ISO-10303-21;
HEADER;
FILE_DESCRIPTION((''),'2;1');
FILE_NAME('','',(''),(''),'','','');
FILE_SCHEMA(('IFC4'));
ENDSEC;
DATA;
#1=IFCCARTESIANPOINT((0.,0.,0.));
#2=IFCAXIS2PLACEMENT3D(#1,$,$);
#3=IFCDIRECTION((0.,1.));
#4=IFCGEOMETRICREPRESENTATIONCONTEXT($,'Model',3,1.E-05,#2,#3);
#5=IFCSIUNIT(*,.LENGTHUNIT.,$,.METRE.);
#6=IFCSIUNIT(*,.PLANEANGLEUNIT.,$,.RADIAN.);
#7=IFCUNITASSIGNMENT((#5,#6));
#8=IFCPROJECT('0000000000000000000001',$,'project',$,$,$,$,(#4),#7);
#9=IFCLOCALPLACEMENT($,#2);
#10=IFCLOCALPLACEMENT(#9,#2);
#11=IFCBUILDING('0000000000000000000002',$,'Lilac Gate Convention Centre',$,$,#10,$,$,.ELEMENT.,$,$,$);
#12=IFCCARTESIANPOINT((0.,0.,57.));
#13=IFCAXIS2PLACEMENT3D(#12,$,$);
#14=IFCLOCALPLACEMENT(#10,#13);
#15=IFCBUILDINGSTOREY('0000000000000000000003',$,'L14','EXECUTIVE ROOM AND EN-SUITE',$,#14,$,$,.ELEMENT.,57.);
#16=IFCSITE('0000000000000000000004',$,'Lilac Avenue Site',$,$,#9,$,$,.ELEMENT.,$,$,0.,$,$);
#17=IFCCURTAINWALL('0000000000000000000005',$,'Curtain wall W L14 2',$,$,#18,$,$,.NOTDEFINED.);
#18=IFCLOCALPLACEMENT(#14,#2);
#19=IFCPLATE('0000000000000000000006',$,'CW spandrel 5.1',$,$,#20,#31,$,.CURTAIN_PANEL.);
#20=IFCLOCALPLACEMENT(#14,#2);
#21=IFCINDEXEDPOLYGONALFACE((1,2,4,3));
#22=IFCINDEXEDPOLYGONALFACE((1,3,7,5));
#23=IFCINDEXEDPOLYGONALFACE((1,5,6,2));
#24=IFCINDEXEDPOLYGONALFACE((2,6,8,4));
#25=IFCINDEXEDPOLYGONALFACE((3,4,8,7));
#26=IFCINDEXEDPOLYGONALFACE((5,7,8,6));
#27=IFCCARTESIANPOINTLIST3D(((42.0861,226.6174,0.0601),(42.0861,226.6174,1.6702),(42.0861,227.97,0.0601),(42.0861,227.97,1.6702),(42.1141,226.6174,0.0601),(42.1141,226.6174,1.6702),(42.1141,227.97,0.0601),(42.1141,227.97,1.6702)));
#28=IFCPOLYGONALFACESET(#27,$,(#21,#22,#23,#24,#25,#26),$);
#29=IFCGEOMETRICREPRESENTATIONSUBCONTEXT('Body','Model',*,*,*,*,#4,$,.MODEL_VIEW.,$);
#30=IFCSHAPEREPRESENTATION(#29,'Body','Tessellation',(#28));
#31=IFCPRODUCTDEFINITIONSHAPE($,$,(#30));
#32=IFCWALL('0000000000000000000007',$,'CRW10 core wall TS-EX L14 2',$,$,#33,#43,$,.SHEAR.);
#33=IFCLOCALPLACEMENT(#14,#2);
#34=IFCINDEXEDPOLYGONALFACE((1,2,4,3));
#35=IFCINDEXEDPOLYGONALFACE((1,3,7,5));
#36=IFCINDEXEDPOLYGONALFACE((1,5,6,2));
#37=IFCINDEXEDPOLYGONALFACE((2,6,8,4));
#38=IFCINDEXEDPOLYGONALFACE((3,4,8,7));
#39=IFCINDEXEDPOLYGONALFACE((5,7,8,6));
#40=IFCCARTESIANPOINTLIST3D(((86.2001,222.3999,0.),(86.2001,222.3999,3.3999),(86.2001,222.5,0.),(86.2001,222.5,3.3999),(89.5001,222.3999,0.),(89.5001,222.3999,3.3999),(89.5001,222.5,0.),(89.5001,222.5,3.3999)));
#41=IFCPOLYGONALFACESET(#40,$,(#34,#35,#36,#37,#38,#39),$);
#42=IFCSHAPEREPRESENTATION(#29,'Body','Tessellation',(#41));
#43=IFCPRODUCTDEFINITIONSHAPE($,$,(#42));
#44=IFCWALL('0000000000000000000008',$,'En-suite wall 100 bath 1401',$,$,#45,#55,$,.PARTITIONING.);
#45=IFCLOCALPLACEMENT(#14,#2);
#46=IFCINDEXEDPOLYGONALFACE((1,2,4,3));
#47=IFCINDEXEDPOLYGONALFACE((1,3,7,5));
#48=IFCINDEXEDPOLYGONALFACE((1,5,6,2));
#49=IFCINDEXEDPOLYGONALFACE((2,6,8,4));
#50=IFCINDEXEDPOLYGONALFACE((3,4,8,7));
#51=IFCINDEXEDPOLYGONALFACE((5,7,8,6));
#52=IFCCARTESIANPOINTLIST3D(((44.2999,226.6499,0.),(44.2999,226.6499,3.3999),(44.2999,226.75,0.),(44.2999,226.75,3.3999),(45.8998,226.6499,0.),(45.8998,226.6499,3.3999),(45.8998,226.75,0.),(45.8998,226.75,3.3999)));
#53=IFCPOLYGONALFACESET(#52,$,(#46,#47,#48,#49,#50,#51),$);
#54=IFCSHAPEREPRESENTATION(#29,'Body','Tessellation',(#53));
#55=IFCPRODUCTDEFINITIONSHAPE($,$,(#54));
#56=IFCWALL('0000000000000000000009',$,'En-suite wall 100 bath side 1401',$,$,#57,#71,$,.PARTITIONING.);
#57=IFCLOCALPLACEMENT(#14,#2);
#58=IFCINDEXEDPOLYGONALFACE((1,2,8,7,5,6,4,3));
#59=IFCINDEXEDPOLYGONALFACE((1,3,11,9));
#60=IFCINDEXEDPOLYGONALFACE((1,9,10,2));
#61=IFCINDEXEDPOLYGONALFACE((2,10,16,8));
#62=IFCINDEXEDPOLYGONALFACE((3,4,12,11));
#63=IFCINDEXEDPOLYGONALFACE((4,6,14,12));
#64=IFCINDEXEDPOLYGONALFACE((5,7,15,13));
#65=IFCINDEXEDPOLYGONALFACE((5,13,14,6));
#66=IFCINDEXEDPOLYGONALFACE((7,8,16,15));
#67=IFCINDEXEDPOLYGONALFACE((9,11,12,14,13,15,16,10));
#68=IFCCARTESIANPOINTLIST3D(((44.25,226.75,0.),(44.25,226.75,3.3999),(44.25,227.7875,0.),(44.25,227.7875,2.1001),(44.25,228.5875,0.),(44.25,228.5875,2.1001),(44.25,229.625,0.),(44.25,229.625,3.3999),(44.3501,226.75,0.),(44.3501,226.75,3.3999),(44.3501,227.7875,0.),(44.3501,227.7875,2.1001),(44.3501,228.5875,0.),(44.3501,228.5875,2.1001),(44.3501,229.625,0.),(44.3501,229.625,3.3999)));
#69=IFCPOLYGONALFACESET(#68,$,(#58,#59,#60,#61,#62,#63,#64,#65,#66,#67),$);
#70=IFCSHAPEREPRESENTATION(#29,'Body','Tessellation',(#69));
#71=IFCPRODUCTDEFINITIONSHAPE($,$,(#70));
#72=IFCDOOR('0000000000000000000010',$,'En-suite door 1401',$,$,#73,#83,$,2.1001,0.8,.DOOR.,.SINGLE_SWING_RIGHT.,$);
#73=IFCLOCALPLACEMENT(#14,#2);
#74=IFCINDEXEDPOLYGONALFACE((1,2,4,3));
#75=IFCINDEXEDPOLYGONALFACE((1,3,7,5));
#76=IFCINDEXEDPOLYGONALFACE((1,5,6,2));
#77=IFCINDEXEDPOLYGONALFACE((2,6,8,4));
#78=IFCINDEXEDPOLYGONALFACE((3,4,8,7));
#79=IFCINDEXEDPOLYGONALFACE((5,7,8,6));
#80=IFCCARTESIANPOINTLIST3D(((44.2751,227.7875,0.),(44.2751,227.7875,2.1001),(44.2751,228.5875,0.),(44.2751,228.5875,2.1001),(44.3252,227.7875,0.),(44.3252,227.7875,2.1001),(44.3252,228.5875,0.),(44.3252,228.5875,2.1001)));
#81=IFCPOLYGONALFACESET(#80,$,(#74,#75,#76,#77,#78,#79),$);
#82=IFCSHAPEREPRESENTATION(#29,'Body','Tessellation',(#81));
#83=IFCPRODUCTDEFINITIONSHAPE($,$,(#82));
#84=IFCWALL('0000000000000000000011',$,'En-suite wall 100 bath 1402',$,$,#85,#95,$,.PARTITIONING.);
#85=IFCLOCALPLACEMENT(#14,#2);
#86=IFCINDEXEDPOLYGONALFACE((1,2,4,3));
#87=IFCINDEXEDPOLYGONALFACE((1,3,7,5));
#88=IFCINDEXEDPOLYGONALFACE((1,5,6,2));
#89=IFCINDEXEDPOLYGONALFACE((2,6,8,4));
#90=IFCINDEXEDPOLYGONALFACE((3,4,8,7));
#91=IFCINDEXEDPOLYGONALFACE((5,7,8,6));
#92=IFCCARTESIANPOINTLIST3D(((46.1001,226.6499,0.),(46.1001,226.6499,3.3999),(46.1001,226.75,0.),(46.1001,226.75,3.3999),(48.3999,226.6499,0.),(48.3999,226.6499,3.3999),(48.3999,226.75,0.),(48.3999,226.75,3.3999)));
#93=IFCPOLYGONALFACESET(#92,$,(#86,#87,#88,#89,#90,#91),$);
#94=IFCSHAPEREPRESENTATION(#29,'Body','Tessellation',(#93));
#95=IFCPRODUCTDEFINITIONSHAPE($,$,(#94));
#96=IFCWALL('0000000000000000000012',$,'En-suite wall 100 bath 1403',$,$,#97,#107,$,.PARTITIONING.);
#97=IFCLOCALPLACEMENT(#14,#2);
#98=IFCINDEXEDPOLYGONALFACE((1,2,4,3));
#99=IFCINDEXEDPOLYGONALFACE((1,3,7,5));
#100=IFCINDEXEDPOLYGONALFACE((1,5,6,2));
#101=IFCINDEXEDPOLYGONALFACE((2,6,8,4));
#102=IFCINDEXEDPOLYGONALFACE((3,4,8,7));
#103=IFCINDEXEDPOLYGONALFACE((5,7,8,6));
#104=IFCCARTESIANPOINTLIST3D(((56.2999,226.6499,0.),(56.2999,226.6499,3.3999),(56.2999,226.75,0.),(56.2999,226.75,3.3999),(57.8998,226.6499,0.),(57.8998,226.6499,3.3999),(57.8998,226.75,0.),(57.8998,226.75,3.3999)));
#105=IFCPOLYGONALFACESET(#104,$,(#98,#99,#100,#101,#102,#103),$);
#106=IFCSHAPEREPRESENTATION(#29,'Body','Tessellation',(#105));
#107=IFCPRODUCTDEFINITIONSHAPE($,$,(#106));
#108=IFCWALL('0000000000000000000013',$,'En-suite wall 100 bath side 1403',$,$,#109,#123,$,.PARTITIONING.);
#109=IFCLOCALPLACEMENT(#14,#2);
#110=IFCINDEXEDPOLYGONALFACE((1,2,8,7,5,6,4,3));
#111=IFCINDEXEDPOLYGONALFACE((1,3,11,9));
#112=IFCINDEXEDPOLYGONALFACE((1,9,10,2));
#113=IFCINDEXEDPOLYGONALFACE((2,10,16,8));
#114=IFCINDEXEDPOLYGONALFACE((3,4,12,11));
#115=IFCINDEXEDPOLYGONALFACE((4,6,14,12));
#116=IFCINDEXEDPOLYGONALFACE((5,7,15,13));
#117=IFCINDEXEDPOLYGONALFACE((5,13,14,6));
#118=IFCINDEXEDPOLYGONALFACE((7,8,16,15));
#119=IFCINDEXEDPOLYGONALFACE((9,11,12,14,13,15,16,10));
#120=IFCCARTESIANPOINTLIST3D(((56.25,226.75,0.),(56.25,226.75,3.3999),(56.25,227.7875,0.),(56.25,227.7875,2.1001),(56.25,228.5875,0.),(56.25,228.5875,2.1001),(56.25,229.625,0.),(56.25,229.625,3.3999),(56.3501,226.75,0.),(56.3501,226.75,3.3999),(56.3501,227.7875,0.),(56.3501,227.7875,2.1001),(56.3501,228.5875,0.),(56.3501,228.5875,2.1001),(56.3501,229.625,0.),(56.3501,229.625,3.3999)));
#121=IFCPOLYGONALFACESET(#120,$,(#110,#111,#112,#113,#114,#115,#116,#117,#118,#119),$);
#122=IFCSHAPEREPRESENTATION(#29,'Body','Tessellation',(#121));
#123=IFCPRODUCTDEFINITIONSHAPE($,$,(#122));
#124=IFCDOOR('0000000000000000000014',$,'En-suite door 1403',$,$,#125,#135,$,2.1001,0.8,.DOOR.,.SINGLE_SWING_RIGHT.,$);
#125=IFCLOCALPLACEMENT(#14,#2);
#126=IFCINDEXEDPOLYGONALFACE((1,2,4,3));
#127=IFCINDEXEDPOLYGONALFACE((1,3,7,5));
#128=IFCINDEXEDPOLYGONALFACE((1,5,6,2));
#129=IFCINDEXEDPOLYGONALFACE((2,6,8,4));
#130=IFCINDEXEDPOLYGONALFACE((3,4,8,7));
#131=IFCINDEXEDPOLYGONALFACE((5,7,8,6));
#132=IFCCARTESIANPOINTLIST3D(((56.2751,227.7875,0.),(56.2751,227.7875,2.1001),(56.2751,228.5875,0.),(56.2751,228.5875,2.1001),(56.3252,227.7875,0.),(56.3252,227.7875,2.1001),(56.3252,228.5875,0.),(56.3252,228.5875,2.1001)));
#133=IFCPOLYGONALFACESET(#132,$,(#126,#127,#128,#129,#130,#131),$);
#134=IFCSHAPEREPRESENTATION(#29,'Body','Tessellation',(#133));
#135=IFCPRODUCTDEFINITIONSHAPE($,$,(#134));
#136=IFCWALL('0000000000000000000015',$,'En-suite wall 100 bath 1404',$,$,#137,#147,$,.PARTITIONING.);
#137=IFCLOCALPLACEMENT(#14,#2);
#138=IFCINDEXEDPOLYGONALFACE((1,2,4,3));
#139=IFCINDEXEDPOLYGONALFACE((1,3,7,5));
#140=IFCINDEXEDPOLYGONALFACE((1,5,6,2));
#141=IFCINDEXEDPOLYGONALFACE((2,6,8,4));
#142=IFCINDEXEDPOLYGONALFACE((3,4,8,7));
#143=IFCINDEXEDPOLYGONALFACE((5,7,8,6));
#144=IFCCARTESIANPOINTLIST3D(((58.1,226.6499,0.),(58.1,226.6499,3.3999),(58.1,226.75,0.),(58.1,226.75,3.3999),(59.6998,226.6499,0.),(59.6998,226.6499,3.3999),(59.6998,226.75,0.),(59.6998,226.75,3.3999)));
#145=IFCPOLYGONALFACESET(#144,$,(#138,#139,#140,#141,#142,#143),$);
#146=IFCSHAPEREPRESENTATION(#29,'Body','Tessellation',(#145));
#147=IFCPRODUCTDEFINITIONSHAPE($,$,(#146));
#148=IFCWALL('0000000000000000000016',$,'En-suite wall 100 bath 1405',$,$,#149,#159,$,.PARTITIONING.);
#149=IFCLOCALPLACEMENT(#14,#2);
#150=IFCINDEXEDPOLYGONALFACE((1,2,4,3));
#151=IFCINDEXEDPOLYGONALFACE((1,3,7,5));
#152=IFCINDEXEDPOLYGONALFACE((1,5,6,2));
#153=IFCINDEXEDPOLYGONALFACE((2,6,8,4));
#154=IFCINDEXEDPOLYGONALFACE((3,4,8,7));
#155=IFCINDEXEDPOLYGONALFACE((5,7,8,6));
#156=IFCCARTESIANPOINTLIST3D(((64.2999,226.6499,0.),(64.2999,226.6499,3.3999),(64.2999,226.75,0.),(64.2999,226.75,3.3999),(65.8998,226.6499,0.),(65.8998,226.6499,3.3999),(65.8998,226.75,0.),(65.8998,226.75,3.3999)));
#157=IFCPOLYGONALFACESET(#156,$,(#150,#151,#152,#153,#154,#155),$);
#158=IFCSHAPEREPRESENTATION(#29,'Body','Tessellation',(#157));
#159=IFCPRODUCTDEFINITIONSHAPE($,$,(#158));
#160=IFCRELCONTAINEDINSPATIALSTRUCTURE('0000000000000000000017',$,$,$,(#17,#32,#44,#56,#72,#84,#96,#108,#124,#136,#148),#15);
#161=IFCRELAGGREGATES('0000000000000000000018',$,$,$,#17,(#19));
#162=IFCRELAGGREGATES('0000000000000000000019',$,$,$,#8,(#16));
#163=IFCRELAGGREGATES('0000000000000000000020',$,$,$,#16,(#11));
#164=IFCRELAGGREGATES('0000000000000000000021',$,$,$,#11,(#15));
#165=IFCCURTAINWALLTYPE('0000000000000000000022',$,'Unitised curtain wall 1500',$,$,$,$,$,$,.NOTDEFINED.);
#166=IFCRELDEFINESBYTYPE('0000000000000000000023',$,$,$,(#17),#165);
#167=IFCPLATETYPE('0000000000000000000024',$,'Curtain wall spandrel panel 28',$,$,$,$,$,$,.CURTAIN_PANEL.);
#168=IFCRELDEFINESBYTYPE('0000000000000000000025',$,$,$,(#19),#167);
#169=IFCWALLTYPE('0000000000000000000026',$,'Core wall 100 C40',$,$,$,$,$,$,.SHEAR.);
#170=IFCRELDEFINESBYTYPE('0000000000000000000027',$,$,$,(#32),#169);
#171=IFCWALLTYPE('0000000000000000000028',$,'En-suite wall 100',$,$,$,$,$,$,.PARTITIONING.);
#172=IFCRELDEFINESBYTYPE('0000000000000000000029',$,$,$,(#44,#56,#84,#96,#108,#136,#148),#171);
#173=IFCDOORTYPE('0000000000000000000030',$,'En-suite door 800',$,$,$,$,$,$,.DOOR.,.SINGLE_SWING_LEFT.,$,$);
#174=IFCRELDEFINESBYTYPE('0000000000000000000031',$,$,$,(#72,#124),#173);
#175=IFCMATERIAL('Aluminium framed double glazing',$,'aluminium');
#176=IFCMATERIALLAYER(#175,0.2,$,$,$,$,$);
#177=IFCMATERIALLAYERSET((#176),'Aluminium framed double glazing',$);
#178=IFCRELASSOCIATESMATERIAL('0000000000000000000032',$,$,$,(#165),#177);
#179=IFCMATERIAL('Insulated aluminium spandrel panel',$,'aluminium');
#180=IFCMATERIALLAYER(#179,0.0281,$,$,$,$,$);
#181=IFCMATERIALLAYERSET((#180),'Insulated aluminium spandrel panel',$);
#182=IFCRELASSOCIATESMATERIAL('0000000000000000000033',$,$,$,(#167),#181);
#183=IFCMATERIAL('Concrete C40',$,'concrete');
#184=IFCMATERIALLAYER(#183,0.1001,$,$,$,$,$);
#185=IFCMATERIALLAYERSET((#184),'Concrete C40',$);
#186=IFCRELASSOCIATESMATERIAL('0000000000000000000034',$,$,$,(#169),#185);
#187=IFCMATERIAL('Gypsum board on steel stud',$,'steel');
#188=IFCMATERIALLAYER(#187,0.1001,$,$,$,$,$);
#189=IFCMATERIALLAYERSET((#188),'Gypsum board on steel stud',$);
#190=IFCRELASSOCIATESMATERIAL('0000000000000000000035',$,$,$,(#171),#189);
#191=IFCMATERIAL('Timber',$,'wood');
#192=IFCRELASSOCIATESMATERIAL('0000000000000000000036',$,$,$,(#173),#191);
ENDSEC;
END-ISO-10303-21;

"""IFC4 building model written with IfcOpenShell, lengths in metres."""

from ifc_helpers import new_model, si_unit, direction, frame, frame_2d, origin, origin_2d, place, context, subcontext, project, spatial, rectangle, extrude, material, layer, layer_set, type_object, element, fill, aggregate, save


model = new_model("IFC4")

# Units and contexts
model_context = context("Model", 3, precision=1e-05, world=origin(), true_north=direction((0.0, 1.0)))
body_context = subcontext(model_context, "Body", "Model", "MODEL_VIEW")
ifc_project = project(units=[si_unit("LENGTHUNIT", "METRE"), si_unit("PLANEANGLEUNIT", "RADIAN")], contexts=[model_context])

# Site, building, storey
site_placement = place(None, origin())
site = spatial("IfcSite", under=ifc_project, at=site_placement, Name="Lilac Avenue Site", CompositionType="ELEMENT", RefElevation=0.0)
building_placement = place(site_placement, origin())
building = spatial("IfcBuilding", under=site, at=building_placement, Name="Lilac Gate Convention Centre", CompositionType="ELEMENT")
storey_placement = place(building_placement, frame((0.0, 0.0, 57.0)))
storey = spatial("IfcBuildingStorey", under=building, at=storey_placement, Name="L14", Description="EXECUTIVE ROOM AND EN-SUITE", CompositionType="ELEMENT", Elevation=57.0)

# Curtain wall, plate
ifc_material_1 = material(Name="Aluminium framed double glazing", Category="aluminium")
ifc_layer_1 = layer(ifc_material_1, 0.2)
ifc_layer_set_1 = layer_set([ifc_layer_1], Name="Aluminium framed double glazing")
curtain_wall_type = type_object("IfcCurtainWallType", Name="Unitised curtain wall 1500", PredefinedType="NOTDEFINED", material=ifc_layer_set_1)
curtain_wall_placement = place(storey_placement, origin())
curtain_wall = element("IfcCurtainWall", 1, at=curtain_wall_placement, inside=storey, type_object=curtain_wall_type, Name="Curtain wall W L14 2", PredefinedType="NOTDEFINED")
ifc_material_2 = material(Name="Insulated aluminium spandrel panel", Category="aluminium")
ifc_layer_2 = layer(ifc_material_2, 0.0281)
ifc_layer_set_2 = layer_set([ifc_layer_2], Name="Insulated aluminium spandrel panel")
plate_type = type_object("IfcPlateType", Name="Curtain wall spandrel panel 28", PredefinedType="CURTAIN_PANEL", material=ifc_layer_set_2)
plate_placement = place(storey_placement, frame((42.1001, 227.2937, 0.0601), z_axis=(0.0, 0.0, 1.0), x_axis=(0.0, -1.0, 0.0)))
plate = element("IfcPlate", 2, at=plate_placement, type_object=plate_type, Name="CW spandrel 5.1", PredefinedType="CURTAIN_PANEL", context=body_context, shape_type="SweptSolid", body=[
    extrude(rectangle(XDim=1.3525, YDim=0.0281, at=origin_2d()), origin(), (0.0, 0.0, 1.0), 1.6101),
])
aggregate(curtain_wall, [plate])

# Walls
ifc_material_3 = material(Name="Concrete C40", Category="concrete")
ifc_layer_3 = layer(ifc_material_3, 0.1001)
ifc_layer_set_3 = layer_set([ifc_layer_3], Name="Concrete C40")
wall_type_1 = type_object("IfcWallType", Name="Core wall 100 C40", PredefinedType="SHEAR", material=ifc_layer_set_3)
wall_1_placement = place(storey_placement, frame((89.5, 222.45, 0.0), z_axis=(0.0, 0.0, 1.0), x_axis=(-1.0, 0.0, 0.0)))
element("IfcWall", 3, at=wall_1_placement, inside=storey, type_object=wall_type_1, Name="CRW10 core wall TS-EX L14 2", PredefinedType="SHEAR", context=body_context, shape_type="SweptSolid", body=[
    extrude(rectangle(XDim=3.3, YDim=0.1001, at=frame_2d((1.6499, 0.0))), origin(), (0.0, 0.0, 1.0), 3.3999),
])
ifc_material_4 = material(Name="Gypsum board on steel stud", Category="steel")
ifc_layer_4 = layer(ifc_material_4, 0.1001)
ifc_layer_set_4 = layer_set([ifc_layer_4], Name="Gypsum board on steel stud")
wall_type_2 = type_object("IfcWallType", Name="En-suite wall 100", PredefinedType="PARTITIONING", material=ifc_layer_set_4)
wall_2_placement = place(storey_placement, frame((44.3, 226.7, 0.0), z_axis=(0.0, 0.0, 1.0), x_axis=(1.0, 0.0, 0.0)))
element("IfcWall", 4, at=wall_2_placement, inside=storey, type_object=wall_type_2, Name="En-suite wall 100 bath 1401", PredefinedType="PARTITIONING", context=body_context, shape_type="SweptSolid", body=[
    extrude(rectangle(XDim=1.5999, YDim=0.1001, at=frame_2d((0.7998, 0.0))), origin(), (0.0, 0.0, 1.0), 3.3999),
])

# Wall, opening, door
wall_3_placement = place(storey_placement, frame((44.3, 226.75, 0.0), z_axis=(0.0, 0.0, 1.0), x_axis=(0.0, 1.0, 0.0)))
wall_3 = element("IfcWall", 5, at=wall_3_placement, inside=storey, type_object=wall_type_2, Name="En-suite wall 100 bath side 1401", PredefinedType="PARTITIONING", context=body_context, shape_type="SweptSolid", body=[
    extrude(rectangle(XDim=2.875, YDim=0.1001, at=frame_2d((1.4375, 0.0))), origin(), (0.0, 0.0, 1.0), 3.3999),
])
opening_1_placement = place(wall_3_placement, frame((1.0376, 0.0, 0.0)))
opening_1 = element("IfcOpeningElement", 6, at=opening_1_placement, cuts=wall_3, PredefinedType="OPENING", context=body_context, shape_type="SweptSolid", body=[
    extrude(rectangle(XDim=0.8, YDim=2.1001, at=frame_2d((0.3999, 1.05))), frame((0.0, 0.0601, 0.0), z_axis=(0.0, -1.0, 0.0), x_axis=(1.0, 0.0, 0.0)), (0.0, 0.0, 1.0), 0.1201),
])
ifc_material_5 = material(Name="Timber", Category="wood")
door_type = type_object("IfcDoorType", Name="En-suite door 800", OperationType="SINGLE_SWING_LEFT", PredefinedType="DOOR", material=ifc_material_5)
door_1_placement = place(opening_1_placement, origin())
door_1 = element("IfcDoor", 7, at=door_1_placement, inside=storey, type_object=door_type, Name="En-suite door 1401", OperationType="SINGLE_SWING_RIGHT", OverallHeight=2.1001, OverallWidth=0.8, PredefinedType="DOOR", context=body_context, shape_type="SweptSolid", body=[
    extrude(rectangle(XDim=0.8, YDim=2.1001, at=frame_2d((0.3999, 1.05))), frame((0.0, 0.0249, 0.0), z_axis=(0.0, -1.0, 0.0), x_axis=(1.0, 0.0, 0.0)), (0.0, 0.0, 1.0), 0.05),
])
fill(opening_1, door_1)

# Walls
wall_4_placement = place(storey_placement, frame((46.1001, 226.7, 0.0), z_axis=(0.0, 0.0, 1.0), x_axis=(1.0, 0.0, 0.0)))
element("IfcWall", 8, at=wall_4_placement, inside=storey, type_object=wall_type_2, Name="En-suite wall 100 bath 1402", PredefinedType="PARTITIONING", context=body_context, shape_type="SweptSolid", body=[
    extrude(rectangle(XDim=2.2998, YDim=0.1001, at=frame_2d((1.1499, 0.0))), origin(), (0.0, 0.0, 1.0), 3.3999),
])
wall_5_placement = place(storey_placement, frame((56.3, 226.7, 0.0), z_axis=(0.0, 0.0, 1.0), x_axis=(1.0, 0.0, 0.0)))
element("IfcWall", 9, at=wall_5_placement, inside=storey, type_object=wall_type_2, Name="En-suite wall 100 bath 1403", PredefinedType="PARTITIONING", context=body_context, shape_type="SweptSolid", body=[
    extrude(rectangle(XDim=1.5999, YDim=0.1001, at=frame_2d((0.7998, 0.0))), origin(), (0.0, 0.0, 1.0), 3.3999),
])

# Wall, opening, door
wall_6_placement = place(storey_placement, frame((56.3, 226.75, 0.0), z_axis=(0.0, 0.0, 1.0), x_axis=(0.0, 1.0, 0.0)))
wall_6 = element("IfcWall", 10, at=wall_6_placement, inside=storey, type_object=wall_type_2, Name="En-suite wall 100 bath side 1403", PredefinedType="PARTITIONING", context=body_context, shape_type="SweptSolid", body=[
    extrude(rectangle(XDim=2.875, YDim=0.1001, at=frame_2d((1.4375, 0.0))), origin(), (0.0, 0.0, 1.0), 3.3999),
])
opening_2_placement = place(wall_6_placement, frame((1.0376, 0.0, 0.0)))
opening_2 = element("IfcOpeningElement", 11, at=opening_2_placement, cuts=wall_6, PredefinedType="OPENING", context=body_context, shape_type="SweptSolid", body=[
    extrude(rectangle(XDim=0.8, YDim=2.1001, at=frame_2d((0.3999, 1.05))), frame((0.0, 0.0601, 0.0), z_axis=(0.0, -1.0, 0.0), x_axis=(1.0, 0.0, 0.0)), (0.0, 0.0, 1.0), 0.1201),
])
door_2_placement = place(opening_2_placement, origin())
door_2 = element("IfcDoor", 12, at=door_2_placement, inside=storey, type_object=door_type, Name="En-suite door 1403", OperationType="SINGLE_SWING_RIGHT", OverallHeight=2.1001, OverallWidth=0.8, PredefinedType="DOOR", context=body_context, shape_type="SweptSolid", body=[
    extrude(rectangle(XDim=0.8, YDim=2.1001, at=frame_2d((0.3999, 1.05))), frame((0.0, 0.0249, 0.0), z_axis=(0.0, -1.0, 0.0), x_axis=(1.0, 0.0, 0.0)), (0.0, 0.0, 1.0), 0.05),
])
fill(opening_2, door_2)

# Walls
for number, where, z_axis, x_axis, name in (
    (13, (58.1001, 226.7, 0.0), (0.0, 0.0, 1.0), (1.0, 0.0, 0.0), "En-suite wall 100 bath 1404"),
    (14, (64.3, 226.7, 0.0), (0.0, 0.0, 1.0), (1.0, 0.0, 0.0), "En-suite wall 100 bath 1405"),
):
    element("IfcWall", number, at=place(storey_placement, frame(where, z_axis=z_axis, x_axis=x_axis)), inside=storey, type_object=wall_type_2, Name=name, PredefinedType="PARTITIONING", context=body_context, shape_type="SweptSolid", body=[
        extrude(rectangle(XDim=1.5999, YDim=0.1001, at=frame_2d((0.7998, 0.0))), origin(), (0.0, 0.0, 1.0), 3.3999),
    ])

save(model, "model.ifc")
